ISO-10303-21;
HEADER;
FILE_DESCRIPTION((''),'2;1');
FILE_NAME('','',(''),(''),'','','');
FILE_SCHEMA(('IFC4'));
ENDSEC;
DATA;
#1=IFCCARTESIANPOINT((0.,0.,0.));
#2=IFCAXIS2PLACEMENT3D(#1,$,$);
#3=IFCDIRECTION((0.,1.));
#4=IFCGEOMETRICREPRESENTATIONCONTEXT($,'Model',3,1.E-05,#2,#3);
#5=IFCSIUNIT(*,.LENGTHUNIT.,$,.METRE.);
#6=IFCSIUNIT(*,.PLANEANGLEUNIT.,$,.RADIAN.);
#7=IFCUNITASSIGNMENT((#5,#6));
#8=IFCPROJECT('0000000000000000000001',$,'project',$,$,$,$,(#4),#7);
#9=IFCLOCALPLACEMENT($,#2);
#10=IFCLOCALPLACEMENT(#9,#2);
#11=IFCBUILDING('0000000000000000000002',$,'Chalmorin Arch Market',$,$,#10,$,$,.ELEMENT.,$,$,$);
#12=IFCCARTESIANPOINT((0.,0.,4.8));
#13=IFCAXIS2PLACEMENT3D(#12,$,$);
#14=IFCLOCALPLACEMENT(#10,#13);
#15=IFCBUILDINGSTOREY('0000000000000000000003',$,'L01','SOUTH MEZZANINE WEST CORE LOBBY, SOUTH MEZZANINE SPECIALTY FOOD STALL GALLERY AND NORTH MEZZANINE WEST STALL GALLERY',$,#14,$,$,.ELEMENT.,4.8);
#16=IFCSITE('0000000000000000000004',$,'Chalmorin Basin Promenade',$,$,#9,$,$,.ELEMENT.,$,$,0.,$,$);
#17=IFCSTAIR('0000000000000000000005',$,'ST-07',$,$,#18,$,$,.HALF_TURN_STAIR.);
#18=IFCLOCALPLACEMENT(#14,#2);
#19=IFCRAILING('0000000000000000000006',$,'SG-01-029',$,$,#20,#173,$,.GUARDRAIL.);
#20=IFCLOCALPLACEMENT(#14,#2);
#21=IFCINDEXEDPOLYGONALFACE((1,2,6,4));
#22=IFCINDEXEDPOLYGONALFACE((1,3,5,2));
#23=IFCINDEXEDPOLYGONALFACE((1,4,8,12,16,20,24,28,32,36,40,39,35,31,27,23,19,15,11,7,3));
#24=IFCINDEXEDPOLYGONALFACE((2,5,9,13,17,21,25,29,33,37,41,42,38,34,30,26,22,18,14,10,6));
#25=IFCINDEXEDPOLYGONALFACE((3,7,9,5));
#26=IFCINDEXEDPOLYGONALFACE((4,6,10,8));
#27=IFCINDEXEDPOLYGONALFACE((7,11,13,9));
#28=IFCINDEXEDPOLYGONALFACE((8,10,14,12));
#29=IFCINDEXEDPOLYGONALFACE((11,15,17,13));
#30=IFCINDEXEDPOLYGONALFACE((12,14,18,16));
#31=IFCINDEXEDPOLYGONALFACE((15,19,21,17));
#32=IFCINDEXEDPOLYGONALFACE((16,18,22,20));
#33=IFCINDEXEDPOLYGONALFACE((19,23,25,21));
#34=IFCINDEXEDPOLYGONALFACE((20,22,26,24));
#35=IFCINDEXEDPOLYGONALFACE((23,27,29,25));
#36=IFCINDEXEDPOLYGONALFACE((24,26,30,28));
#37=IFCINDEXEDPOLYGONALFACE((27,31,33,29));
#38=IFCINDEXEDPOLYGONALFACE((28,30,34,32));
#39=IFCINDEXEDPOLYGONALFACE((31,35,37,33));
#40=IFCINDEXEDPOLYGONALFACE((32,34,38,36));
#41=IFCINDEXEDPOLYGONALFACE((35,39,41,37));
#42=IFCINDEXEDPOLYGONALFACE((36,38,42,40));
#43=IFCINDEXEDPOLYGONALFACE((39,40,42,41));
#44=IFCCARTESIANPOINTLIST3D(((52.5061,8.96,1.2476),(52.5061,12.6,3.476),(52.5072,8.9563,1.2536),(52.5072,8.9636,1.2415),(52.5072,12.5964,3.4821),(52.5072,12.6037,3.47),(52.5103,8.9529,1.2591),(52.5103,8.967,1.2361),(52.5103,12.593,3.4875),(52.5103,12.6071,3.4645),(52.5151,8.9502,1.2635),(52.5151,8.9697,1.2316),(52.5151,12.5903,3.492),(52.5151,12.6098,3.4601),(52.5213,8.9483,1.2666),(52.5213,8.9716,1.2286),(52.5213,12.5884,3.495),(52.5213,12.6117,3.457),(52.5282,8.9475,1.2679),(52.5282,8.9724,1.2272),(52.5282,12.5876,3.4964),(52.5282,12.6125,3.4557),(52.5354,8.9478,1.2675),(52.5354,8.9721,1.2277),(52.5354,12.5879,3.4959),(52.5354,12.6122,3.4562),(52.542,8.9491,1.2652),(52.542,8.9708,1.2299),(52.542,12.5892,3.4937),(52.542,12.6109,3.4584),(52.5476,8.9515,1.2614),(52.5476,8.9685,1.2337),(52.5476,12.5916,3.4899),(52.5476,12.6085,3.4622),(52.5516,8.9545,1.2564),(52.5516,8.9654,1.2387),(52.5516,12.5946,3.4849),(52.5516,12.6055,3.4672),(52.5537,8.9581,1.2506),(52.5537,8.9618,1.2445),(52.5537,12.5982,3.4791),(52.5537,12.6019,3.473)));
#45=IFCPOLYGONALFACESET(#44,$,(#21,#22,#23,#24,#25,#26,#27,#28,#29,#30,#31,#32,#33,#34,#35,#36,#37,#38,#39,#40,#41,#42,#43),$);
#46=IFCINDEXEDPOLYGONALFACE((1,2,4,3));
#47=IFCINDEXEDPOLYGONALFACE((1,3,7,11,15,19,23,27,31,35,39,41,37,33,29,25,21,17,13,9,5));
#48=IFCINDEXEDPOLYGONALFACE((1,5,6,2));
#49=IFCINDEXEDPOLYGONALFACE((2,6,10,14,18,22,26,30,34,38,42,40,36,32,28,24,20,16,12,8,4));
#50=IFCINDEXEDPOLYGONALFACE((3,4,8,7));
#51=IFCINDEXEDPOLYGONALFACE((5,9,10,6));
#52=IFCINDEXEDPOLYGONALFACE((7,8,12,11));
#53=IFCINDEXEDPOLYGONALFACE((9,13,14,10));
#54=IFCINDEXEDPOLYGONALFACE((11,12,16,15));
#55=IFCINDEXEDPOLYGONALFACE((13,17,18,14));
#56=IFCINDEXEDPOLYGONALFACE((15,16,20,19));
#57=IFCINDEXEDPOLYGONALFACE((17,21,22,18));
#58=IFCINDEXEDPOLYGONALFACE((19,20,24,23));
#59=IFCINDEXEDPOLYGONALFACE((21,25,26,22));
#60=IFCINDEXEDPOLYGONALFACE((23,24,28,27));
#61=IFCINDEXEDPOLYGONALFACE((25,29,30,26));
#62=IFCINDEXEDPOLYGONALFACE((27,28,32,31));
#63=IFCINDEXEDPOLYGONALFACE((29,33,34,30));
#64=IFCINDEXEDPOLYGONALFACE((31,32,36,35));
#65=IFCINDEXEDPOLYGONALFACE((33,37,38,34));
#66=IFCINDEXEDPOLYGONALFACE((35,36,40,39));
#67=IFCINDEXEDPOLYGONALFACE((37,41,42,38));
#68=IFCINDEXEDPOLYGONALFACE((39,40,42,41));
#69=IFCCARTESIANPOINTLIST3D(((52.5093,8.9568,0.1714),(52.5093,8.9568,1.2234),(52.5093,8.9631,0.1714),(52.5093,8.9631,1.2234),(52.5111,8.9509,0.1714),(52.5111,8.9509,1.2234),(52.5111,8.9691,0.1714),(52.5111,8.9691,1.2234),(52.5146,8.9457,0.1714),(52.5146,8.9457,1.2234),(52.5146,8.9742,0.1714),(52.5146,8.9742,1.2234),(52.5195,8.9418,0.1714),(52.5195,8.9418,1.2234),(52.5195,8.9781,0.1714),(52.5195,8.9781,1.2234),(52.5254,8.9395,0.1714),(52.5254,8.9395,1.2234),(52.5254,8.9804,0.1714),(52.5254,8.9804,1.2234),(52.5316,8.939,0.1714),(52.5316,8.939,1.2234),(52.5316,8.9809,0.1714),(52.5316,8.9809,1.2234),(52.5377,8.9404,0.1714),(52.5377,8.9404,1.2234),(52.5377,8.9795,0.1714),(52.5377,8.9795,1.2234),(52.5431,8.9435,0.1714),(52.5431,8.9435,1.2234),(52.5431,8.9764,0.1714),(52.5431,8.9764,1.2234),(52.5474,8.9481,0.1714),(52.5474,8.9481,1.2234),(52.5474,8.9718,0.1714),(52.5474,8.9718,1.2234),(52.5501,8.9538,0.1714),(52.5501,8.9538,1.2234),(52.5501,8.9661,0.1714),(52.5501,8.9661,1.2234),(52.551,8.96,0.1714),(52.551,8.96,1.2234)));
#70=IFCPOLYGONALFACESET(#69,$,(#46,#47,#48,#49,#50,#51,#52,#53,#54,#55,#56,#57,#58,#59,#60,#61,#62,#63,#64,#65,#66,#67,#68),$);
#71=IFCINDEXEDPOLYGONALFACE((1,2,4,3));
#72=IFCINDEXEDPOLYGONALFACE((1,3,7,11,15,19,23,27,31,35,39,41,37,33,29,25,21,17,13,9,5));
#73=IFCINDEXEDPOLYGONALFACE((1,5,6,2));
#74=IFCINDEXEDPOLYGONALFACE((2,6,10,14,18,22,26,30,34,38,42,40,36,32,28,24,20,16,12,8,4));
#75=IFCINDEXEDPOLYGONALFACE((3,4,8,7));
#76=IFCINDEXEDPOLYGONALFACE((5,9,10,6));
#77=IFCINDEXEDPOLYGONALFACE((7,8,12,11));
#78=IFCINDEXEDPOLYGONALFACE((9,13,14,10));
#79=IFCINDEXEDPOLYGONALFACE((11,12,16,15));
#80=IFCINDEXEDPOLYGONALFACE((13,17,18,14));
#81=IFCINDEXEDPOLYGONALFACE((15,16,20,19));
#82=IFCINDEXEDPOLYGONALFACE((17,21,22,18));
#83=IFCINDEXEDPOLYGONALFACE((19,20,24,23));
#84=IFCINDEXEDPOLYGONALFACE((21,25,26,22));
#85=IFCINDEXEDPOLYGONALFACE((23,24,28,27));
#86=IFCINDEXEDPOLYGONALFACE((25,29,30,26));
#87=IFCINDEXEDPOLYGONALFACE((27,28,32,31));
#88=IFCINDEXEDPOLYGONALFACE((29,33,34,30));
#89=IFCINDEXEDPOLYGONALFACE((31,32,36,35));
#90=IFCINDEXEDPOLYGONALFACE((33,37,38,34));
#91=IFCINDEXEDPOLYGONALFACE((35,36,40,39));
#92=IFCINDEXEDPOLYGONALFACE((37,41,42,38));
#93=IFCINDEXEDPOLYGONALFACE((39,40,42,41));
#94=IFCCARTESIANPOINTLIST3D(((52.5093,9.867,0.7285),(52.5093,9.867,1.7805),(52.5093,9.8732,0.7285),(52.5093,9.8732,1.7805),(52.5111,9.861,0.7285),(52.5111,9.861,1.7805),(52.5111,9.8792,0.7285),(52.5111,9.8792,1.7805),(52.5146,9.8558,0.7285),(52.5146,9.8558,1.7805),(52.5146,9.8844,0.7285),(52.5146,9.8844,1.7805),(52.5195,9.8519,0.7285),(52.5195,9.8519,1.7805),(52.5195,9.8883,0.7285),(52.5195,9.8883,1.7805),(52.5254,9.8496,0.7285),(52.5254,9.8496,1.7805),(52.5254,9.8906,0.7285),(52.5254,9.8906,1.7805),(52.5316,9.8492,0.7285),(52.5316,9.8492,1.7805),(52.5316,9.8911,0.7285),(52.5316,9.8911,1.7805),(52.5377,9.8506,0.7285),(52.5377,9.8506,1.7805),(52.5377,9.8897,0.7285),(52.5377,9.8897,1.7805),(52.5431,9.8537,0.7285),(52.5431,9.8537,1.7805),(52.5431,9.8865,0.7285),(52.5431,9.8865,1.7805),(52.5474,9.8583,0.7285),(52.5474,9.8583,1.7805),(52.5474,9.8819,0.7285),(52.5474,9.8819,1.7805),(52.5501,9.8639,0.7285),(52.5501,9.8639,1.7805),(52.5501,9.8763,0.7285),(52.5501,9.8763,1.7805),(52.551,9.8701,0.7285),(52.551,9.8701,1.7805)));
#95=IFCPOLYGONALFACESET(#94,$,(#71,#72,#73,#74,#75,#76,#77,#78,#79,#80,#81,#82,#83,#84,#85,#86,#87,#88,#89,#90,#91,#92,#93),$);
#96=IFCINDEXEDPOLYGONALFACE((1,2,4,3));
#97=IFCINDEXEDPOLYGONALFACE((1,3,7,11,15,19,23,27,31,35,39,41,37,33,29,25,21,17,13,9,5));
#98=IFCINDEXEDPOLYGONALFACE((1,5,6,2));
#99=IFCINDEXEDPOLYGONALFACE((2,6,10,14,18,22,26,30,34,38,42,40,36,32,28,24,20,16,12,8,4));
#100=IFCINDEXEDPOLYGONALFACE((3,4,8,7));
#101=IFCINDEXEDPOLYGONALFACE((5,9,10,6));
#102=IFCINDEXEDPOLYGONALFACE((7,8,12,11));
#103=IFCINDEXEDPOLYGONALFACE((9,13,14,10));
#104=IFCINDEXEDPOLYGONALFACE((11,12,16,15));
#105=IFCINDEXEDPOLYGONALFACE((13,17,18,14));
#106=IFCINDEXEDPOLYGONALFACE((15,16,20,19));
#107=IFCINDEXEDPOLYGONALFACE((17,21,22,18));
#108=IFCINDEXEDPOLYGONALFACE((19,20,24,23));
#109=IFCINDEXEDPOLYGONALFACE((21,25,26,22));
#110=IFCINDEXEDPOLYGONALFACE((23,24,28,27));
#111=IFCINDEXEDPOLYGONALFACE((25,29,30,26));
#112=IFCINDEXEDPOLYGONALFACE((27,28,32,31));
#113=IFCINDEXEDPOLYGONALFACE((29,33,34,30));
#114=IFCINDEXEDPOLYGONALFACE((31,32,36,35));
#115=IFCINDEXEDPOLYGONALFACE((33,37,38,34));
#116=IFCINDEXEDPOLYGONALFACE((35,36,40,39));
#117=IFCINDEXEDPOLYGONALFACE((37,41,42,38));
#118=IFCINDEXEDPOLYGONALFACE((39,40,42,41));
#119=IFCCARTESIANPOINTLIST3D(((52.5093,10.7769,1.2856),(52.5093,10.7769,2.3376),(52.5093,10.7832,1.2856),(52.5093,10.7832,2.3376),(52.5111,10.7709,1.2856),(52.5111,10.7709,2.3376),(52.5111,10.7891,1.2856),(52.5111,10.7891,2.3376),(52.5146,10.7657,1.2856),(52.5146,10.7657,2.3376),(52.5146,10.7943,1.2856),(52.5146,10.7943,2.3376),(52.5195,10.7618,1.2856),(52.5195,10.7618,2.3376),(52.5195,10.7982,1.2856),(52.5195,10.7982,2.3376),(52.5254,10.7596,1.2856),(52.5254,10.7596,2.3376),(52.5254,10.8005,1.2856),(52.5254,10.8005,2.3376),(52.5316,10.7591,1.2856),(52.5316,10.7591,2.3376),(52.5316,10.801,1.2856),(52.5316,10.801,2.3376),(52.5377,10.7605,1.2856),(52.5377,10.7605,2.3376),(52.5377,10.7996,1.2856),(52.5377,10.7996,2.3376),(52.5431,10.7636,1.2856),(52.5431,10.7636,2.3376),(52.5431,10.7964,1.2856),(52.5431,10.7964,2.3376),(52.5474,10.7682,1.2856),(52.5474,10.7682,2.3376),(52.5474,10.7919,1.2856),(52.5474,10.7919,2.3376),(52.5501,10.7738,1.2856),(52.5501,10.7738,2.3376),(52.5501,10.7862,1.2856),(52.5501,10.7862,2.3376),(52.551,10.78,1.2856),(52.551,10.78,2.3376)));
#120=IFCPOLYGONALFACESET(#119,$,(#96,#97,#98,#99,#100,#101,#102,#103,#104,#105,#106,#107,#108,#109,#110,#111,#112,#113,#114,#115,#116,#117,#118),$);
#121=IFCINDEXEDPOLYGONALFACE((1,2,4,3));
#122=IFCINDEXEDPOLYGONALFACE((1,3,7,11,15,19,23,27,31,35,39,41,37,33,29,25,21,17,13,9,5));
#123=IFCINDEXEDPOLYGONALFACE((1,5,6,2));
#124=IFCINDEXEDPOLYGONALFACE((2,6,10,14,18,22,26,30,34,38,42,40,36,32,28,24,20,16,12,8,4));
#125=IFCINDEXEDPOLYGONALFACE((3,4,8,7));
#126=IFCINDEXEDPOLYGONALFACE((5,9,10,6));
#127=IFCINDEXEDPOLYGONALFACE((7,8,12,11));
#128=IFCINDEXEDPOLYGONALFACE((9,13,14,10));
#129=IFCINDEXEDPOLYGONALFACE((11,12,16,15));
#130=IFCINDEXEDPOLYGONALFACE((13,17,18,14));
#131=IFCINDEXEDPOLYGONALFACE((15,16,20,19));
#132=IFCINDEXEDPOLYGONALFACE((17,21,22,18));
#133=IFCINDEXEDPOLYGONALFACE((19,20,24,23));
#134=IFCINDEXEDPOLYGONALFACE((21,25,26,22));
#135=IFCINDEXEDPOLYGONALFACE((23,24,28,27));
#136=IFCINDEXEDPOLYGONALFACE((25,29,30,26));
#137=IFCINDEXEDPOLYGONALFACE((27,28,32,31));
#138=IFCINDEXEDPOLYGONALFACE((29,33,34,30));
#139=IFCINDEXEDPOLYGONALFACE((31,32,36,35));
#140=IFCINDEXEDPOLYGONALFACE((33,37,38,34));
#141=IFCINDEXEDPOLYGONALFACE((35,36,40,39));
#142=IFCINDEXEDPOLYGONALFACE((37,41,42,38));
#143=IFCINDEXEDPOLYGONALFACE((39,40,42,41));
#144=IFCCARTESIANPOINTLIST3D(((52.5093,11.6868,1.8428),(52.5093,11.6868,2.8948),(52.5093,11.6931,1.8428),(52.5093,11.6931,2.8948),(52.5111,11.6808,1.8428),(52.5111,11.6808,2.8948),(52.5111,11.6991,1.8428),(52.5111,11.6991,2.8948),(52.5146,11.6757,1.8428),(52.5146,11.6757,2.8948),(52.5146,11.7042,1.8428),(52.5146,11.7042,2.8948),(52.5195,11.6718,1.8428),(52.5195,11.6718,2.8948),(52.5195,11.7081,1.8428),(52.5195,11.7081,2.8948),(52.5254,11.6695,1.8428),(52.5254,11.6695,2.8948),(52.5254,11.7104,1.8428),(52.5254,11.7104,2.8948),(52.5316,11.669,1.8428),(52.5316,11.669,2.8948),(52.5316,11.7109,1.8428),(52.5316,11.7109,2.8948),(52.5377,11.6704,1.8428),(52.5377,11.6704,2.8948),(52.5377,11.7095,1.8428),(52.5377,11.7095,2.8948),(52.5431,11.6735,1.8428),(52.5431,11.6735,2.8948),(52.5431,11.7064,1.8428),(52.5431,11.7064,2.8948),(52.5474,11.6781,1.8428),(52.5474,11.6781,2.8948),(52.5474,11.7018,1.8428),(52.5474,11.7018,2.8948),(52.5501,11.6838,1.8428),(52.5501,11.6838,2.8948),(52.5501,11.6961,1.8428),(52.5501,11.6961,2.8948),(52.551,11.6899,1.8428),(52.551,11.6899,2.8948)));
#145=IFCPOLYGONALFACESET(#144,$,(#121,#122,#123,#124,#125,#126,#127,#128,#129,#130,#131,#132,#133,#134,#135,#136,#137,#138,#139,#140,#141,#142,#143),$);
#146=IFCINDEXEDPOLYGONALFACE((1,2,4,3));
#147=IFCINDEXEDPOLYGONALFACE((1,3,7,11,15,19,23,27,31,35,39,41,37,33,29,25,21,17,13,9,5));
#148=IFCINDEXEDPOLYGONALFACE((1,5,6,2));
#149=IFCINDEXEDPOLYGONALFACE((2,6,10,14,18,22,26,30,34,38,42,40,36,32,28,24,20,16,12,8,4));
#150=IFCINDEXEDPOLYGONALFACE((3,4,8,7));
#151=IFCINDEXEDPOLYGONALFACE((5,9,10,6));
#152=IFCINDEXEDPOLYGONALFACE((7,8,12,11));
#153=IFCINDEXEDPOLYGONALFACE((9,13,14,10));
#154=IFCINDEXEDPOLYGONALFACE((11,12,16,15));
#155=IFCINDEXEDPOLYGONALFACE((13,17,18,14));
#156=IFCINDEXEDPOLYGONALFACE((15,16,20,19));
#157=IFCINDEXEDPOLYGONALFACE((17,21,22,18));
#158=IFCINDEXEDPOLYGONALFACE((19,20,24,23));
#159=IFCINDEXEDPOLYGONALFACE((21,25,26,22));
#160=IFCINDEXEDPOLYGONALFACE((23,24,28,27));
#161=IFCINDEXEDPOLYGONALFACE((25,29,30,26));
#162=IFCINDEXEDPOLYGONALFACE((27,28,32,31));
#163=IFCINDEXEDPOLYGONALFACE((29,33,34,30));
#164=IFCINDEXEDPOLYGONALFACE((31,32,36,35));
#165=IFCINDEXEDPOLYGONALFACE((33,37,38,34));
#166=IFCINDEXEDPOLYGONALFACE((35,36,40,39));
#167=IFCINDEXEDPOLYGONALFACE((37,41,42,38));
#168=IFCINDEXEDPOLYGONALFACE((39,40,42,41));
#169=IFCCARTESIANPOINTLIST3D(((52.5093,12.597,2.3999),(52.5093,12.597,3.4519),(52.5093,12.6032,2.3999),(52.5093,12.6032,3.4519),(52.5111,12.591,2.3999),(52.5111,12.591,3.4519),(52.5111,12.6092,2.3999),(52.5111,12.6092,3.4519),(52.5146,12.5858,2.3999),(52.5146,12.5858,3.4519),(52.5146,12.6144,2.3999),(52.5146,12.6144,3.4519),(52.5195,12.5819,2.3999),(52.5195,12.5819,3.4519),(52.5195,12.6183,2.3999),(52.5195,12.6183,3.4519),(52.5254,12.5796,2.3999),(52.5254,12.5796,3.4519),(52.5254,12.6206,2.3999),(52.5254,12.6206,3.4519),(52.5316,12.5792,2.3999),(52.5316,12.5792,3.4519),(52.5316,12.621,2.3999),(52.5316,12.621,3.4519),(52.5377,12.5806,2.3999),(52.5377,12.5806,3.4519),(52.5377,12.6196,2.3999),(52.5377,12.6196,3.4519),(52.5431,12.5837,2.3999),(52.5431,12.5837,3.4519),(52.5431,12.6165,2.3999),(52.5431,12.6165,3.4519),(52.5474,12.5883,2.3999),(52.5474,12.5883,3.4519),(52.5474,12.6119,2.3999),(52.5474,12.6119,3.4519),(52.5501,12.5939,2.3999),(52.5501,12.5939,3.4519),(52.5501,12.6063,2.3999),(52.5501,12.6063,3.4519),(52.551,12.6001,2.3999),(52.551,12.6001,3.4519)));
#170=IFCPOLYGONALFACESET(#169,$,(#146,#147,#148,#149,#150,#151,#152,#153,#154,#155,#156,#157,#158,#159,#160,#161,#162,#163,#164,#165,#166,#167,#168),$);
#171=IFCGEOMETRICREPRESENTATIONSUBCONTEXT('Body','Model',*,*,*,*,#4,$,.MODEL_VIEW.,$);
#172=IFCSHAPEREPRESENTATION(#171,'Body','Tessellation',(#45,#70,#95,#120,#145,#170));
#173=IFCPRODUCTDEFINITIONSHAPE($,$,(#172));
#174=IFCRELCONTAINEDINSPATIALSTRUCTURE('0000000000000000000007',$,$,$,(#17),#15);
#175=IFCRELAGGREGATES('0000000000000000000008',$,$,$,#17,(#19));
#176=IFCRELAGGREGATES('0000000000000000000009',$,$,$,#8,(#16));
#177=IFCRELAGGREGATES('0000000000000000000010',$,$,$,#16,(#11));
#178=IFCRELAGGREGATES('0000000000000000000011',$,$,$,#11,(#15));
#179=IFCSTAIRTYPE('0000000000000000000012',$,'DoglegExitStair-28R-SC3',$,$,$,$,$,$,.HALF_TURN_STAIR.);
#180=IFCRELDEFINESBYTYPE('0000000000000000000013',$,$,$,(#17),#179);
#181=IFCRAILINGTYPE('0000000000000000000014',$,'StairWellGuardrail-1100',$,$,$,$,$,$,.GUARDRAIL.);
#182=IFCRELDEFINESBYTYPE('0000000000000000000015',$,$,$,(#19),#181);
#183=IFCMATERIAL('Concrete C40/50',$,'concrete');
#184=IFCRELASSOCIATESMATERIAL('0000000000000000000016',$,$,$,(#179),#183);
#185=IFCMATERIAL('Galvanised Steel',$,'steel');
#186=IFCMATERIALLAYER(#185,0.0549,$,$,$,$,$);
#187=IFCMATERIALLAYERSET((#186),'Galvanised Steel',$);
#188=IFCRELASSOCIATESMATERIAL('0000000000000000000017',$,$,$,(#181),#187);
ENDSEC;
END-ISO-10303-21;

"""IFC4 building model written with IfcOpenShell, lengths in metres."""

from ifc_helpers import new_model, si_unit, direction, frame, origin, origin_2d, place, context, subcontext, project, spatial, circle, extrude, material, layer, layer_set, type_object, element, aggregate, save


model = new_model("IFC4")

# Units and contexts
model_context = context("Model", 3, precision=1e-05, world=origin(), true_north=direction((0.0, 1.0)))
body_context = subcontext(model_context, "Body", "Model", "MODEL_VIEW")
ifc_project = project(units=[si_unit("LENGTHUNIT", "METRE"), si_unit("PLANEANGLEUNIT", "RADIAN")], contexts=[model_context])

# Site, building, storey
site_placement = place(None, origin())
site = spatial("IfcSite", under=ifc_project, at=site_placement, Name="Chalmorin Basin Promenade", CompositionType="ELEMENT", RefElevation=0.0)
building_placement = place(site_placement, origin())
building = spatial("IfcBuilding", under=site, at=building_placement, Name="Chalmorin Arch Market", CompositionType="ELEMENT")
storey_placement = place(building_placement, frame((0.0, 0.0, 4.8)))
storey = spatial("IfcBuildingStorey", under=building, at=storey_placement, Name="L01", Description="SOUTH MEZZANINE WEST CORE LOBBY, SOUTH MEZZANINE SPECIALTY FOOD STALL GALLERY AND NORTH MEZZANINE WEST STALL GALLERY", CompositionType="ELEMENT", Elevation=4.8)

# Shared definitions
ifc_material_1 = material(Name="Concrete C40/50", Category="concrete")

# Shared definitions
ifc_material_2 = material(Name="Galvanised Steel", Category="steel")

# Stair
stair_type = type_object("IfcStairType", Name="DoglegExitStair-28R-SC3", PredefinedType="HALF_TURN_STAIR", material=ifc_material_1)
stair_placement = place(storey_placement, origin())
stair = element("IfcStair", 1, at=stair_placement, inside=storey, type_object=stair_type, Name="ST-07", PredefinedType="HALF_TURN_STAIR")

# Railing
ifc_layer_1 = layer(ifc_material_2, 0.0549)
ifc_layer_set_1 = layer_set([ifc_layer_1], Name="Galvanised Steel")
railing_type_1 = type_object("IfcRailingType", Name="StairWellGuardrail-1100", PredefinedType="GUARDRAIL", material=ifc_layer_set_1)
railing_1_placement = place(storey_placement, frame((52.53, 8.96, 0.1714)))
railing_1 = element("IfcRailing", 2, at=railing_1_placement, type_object=railing_type_1, Name="SG-01-029", PredefinedType="GUARDRAIL", context=body_context, shape_type="SweptSolid", body=[
    extrude(circle(Radius=0.0239, at=origin_2d()), frame((0.0, 0.0, 1.0762), z_axis=(0.0, 0.852866, 0.52213), x_axis=(-1.0, 0.0, 0.0)), (0.0, 0.0, 1.0), 4.2681),
    extrude(circle(Radius=0.021, at=origin_2d()), origin(), (0.0, 0.0, 1.0), 1.052),
    extrude(circle(Radius=0.021, at=origin_2d()), frame((0.0, 0.9102, 0.5571)), (0.0, 0.0, 1.0), 1.052),
    extrude(circle(Radius=0.021, at=origin_2d()), frame((0.0, 1.8201, 1.1143)), (0.0, 0.0, 1.0), 1.052),
    extrude(circle(Radius=0.021, at=origin_2d()), frame((0.0, 2.73, 1.6714)), (0.0, 0.0, 1.0), 1.052),
    extrude(circle(Radius=0.021, at=origin_2d()), frame((0.0, 3.6401, 2.2285)), (0.0, 0.0, 1.0), 1.052),
])
aggregate(stair, [railing_1])

save(model, "model.ifc")
